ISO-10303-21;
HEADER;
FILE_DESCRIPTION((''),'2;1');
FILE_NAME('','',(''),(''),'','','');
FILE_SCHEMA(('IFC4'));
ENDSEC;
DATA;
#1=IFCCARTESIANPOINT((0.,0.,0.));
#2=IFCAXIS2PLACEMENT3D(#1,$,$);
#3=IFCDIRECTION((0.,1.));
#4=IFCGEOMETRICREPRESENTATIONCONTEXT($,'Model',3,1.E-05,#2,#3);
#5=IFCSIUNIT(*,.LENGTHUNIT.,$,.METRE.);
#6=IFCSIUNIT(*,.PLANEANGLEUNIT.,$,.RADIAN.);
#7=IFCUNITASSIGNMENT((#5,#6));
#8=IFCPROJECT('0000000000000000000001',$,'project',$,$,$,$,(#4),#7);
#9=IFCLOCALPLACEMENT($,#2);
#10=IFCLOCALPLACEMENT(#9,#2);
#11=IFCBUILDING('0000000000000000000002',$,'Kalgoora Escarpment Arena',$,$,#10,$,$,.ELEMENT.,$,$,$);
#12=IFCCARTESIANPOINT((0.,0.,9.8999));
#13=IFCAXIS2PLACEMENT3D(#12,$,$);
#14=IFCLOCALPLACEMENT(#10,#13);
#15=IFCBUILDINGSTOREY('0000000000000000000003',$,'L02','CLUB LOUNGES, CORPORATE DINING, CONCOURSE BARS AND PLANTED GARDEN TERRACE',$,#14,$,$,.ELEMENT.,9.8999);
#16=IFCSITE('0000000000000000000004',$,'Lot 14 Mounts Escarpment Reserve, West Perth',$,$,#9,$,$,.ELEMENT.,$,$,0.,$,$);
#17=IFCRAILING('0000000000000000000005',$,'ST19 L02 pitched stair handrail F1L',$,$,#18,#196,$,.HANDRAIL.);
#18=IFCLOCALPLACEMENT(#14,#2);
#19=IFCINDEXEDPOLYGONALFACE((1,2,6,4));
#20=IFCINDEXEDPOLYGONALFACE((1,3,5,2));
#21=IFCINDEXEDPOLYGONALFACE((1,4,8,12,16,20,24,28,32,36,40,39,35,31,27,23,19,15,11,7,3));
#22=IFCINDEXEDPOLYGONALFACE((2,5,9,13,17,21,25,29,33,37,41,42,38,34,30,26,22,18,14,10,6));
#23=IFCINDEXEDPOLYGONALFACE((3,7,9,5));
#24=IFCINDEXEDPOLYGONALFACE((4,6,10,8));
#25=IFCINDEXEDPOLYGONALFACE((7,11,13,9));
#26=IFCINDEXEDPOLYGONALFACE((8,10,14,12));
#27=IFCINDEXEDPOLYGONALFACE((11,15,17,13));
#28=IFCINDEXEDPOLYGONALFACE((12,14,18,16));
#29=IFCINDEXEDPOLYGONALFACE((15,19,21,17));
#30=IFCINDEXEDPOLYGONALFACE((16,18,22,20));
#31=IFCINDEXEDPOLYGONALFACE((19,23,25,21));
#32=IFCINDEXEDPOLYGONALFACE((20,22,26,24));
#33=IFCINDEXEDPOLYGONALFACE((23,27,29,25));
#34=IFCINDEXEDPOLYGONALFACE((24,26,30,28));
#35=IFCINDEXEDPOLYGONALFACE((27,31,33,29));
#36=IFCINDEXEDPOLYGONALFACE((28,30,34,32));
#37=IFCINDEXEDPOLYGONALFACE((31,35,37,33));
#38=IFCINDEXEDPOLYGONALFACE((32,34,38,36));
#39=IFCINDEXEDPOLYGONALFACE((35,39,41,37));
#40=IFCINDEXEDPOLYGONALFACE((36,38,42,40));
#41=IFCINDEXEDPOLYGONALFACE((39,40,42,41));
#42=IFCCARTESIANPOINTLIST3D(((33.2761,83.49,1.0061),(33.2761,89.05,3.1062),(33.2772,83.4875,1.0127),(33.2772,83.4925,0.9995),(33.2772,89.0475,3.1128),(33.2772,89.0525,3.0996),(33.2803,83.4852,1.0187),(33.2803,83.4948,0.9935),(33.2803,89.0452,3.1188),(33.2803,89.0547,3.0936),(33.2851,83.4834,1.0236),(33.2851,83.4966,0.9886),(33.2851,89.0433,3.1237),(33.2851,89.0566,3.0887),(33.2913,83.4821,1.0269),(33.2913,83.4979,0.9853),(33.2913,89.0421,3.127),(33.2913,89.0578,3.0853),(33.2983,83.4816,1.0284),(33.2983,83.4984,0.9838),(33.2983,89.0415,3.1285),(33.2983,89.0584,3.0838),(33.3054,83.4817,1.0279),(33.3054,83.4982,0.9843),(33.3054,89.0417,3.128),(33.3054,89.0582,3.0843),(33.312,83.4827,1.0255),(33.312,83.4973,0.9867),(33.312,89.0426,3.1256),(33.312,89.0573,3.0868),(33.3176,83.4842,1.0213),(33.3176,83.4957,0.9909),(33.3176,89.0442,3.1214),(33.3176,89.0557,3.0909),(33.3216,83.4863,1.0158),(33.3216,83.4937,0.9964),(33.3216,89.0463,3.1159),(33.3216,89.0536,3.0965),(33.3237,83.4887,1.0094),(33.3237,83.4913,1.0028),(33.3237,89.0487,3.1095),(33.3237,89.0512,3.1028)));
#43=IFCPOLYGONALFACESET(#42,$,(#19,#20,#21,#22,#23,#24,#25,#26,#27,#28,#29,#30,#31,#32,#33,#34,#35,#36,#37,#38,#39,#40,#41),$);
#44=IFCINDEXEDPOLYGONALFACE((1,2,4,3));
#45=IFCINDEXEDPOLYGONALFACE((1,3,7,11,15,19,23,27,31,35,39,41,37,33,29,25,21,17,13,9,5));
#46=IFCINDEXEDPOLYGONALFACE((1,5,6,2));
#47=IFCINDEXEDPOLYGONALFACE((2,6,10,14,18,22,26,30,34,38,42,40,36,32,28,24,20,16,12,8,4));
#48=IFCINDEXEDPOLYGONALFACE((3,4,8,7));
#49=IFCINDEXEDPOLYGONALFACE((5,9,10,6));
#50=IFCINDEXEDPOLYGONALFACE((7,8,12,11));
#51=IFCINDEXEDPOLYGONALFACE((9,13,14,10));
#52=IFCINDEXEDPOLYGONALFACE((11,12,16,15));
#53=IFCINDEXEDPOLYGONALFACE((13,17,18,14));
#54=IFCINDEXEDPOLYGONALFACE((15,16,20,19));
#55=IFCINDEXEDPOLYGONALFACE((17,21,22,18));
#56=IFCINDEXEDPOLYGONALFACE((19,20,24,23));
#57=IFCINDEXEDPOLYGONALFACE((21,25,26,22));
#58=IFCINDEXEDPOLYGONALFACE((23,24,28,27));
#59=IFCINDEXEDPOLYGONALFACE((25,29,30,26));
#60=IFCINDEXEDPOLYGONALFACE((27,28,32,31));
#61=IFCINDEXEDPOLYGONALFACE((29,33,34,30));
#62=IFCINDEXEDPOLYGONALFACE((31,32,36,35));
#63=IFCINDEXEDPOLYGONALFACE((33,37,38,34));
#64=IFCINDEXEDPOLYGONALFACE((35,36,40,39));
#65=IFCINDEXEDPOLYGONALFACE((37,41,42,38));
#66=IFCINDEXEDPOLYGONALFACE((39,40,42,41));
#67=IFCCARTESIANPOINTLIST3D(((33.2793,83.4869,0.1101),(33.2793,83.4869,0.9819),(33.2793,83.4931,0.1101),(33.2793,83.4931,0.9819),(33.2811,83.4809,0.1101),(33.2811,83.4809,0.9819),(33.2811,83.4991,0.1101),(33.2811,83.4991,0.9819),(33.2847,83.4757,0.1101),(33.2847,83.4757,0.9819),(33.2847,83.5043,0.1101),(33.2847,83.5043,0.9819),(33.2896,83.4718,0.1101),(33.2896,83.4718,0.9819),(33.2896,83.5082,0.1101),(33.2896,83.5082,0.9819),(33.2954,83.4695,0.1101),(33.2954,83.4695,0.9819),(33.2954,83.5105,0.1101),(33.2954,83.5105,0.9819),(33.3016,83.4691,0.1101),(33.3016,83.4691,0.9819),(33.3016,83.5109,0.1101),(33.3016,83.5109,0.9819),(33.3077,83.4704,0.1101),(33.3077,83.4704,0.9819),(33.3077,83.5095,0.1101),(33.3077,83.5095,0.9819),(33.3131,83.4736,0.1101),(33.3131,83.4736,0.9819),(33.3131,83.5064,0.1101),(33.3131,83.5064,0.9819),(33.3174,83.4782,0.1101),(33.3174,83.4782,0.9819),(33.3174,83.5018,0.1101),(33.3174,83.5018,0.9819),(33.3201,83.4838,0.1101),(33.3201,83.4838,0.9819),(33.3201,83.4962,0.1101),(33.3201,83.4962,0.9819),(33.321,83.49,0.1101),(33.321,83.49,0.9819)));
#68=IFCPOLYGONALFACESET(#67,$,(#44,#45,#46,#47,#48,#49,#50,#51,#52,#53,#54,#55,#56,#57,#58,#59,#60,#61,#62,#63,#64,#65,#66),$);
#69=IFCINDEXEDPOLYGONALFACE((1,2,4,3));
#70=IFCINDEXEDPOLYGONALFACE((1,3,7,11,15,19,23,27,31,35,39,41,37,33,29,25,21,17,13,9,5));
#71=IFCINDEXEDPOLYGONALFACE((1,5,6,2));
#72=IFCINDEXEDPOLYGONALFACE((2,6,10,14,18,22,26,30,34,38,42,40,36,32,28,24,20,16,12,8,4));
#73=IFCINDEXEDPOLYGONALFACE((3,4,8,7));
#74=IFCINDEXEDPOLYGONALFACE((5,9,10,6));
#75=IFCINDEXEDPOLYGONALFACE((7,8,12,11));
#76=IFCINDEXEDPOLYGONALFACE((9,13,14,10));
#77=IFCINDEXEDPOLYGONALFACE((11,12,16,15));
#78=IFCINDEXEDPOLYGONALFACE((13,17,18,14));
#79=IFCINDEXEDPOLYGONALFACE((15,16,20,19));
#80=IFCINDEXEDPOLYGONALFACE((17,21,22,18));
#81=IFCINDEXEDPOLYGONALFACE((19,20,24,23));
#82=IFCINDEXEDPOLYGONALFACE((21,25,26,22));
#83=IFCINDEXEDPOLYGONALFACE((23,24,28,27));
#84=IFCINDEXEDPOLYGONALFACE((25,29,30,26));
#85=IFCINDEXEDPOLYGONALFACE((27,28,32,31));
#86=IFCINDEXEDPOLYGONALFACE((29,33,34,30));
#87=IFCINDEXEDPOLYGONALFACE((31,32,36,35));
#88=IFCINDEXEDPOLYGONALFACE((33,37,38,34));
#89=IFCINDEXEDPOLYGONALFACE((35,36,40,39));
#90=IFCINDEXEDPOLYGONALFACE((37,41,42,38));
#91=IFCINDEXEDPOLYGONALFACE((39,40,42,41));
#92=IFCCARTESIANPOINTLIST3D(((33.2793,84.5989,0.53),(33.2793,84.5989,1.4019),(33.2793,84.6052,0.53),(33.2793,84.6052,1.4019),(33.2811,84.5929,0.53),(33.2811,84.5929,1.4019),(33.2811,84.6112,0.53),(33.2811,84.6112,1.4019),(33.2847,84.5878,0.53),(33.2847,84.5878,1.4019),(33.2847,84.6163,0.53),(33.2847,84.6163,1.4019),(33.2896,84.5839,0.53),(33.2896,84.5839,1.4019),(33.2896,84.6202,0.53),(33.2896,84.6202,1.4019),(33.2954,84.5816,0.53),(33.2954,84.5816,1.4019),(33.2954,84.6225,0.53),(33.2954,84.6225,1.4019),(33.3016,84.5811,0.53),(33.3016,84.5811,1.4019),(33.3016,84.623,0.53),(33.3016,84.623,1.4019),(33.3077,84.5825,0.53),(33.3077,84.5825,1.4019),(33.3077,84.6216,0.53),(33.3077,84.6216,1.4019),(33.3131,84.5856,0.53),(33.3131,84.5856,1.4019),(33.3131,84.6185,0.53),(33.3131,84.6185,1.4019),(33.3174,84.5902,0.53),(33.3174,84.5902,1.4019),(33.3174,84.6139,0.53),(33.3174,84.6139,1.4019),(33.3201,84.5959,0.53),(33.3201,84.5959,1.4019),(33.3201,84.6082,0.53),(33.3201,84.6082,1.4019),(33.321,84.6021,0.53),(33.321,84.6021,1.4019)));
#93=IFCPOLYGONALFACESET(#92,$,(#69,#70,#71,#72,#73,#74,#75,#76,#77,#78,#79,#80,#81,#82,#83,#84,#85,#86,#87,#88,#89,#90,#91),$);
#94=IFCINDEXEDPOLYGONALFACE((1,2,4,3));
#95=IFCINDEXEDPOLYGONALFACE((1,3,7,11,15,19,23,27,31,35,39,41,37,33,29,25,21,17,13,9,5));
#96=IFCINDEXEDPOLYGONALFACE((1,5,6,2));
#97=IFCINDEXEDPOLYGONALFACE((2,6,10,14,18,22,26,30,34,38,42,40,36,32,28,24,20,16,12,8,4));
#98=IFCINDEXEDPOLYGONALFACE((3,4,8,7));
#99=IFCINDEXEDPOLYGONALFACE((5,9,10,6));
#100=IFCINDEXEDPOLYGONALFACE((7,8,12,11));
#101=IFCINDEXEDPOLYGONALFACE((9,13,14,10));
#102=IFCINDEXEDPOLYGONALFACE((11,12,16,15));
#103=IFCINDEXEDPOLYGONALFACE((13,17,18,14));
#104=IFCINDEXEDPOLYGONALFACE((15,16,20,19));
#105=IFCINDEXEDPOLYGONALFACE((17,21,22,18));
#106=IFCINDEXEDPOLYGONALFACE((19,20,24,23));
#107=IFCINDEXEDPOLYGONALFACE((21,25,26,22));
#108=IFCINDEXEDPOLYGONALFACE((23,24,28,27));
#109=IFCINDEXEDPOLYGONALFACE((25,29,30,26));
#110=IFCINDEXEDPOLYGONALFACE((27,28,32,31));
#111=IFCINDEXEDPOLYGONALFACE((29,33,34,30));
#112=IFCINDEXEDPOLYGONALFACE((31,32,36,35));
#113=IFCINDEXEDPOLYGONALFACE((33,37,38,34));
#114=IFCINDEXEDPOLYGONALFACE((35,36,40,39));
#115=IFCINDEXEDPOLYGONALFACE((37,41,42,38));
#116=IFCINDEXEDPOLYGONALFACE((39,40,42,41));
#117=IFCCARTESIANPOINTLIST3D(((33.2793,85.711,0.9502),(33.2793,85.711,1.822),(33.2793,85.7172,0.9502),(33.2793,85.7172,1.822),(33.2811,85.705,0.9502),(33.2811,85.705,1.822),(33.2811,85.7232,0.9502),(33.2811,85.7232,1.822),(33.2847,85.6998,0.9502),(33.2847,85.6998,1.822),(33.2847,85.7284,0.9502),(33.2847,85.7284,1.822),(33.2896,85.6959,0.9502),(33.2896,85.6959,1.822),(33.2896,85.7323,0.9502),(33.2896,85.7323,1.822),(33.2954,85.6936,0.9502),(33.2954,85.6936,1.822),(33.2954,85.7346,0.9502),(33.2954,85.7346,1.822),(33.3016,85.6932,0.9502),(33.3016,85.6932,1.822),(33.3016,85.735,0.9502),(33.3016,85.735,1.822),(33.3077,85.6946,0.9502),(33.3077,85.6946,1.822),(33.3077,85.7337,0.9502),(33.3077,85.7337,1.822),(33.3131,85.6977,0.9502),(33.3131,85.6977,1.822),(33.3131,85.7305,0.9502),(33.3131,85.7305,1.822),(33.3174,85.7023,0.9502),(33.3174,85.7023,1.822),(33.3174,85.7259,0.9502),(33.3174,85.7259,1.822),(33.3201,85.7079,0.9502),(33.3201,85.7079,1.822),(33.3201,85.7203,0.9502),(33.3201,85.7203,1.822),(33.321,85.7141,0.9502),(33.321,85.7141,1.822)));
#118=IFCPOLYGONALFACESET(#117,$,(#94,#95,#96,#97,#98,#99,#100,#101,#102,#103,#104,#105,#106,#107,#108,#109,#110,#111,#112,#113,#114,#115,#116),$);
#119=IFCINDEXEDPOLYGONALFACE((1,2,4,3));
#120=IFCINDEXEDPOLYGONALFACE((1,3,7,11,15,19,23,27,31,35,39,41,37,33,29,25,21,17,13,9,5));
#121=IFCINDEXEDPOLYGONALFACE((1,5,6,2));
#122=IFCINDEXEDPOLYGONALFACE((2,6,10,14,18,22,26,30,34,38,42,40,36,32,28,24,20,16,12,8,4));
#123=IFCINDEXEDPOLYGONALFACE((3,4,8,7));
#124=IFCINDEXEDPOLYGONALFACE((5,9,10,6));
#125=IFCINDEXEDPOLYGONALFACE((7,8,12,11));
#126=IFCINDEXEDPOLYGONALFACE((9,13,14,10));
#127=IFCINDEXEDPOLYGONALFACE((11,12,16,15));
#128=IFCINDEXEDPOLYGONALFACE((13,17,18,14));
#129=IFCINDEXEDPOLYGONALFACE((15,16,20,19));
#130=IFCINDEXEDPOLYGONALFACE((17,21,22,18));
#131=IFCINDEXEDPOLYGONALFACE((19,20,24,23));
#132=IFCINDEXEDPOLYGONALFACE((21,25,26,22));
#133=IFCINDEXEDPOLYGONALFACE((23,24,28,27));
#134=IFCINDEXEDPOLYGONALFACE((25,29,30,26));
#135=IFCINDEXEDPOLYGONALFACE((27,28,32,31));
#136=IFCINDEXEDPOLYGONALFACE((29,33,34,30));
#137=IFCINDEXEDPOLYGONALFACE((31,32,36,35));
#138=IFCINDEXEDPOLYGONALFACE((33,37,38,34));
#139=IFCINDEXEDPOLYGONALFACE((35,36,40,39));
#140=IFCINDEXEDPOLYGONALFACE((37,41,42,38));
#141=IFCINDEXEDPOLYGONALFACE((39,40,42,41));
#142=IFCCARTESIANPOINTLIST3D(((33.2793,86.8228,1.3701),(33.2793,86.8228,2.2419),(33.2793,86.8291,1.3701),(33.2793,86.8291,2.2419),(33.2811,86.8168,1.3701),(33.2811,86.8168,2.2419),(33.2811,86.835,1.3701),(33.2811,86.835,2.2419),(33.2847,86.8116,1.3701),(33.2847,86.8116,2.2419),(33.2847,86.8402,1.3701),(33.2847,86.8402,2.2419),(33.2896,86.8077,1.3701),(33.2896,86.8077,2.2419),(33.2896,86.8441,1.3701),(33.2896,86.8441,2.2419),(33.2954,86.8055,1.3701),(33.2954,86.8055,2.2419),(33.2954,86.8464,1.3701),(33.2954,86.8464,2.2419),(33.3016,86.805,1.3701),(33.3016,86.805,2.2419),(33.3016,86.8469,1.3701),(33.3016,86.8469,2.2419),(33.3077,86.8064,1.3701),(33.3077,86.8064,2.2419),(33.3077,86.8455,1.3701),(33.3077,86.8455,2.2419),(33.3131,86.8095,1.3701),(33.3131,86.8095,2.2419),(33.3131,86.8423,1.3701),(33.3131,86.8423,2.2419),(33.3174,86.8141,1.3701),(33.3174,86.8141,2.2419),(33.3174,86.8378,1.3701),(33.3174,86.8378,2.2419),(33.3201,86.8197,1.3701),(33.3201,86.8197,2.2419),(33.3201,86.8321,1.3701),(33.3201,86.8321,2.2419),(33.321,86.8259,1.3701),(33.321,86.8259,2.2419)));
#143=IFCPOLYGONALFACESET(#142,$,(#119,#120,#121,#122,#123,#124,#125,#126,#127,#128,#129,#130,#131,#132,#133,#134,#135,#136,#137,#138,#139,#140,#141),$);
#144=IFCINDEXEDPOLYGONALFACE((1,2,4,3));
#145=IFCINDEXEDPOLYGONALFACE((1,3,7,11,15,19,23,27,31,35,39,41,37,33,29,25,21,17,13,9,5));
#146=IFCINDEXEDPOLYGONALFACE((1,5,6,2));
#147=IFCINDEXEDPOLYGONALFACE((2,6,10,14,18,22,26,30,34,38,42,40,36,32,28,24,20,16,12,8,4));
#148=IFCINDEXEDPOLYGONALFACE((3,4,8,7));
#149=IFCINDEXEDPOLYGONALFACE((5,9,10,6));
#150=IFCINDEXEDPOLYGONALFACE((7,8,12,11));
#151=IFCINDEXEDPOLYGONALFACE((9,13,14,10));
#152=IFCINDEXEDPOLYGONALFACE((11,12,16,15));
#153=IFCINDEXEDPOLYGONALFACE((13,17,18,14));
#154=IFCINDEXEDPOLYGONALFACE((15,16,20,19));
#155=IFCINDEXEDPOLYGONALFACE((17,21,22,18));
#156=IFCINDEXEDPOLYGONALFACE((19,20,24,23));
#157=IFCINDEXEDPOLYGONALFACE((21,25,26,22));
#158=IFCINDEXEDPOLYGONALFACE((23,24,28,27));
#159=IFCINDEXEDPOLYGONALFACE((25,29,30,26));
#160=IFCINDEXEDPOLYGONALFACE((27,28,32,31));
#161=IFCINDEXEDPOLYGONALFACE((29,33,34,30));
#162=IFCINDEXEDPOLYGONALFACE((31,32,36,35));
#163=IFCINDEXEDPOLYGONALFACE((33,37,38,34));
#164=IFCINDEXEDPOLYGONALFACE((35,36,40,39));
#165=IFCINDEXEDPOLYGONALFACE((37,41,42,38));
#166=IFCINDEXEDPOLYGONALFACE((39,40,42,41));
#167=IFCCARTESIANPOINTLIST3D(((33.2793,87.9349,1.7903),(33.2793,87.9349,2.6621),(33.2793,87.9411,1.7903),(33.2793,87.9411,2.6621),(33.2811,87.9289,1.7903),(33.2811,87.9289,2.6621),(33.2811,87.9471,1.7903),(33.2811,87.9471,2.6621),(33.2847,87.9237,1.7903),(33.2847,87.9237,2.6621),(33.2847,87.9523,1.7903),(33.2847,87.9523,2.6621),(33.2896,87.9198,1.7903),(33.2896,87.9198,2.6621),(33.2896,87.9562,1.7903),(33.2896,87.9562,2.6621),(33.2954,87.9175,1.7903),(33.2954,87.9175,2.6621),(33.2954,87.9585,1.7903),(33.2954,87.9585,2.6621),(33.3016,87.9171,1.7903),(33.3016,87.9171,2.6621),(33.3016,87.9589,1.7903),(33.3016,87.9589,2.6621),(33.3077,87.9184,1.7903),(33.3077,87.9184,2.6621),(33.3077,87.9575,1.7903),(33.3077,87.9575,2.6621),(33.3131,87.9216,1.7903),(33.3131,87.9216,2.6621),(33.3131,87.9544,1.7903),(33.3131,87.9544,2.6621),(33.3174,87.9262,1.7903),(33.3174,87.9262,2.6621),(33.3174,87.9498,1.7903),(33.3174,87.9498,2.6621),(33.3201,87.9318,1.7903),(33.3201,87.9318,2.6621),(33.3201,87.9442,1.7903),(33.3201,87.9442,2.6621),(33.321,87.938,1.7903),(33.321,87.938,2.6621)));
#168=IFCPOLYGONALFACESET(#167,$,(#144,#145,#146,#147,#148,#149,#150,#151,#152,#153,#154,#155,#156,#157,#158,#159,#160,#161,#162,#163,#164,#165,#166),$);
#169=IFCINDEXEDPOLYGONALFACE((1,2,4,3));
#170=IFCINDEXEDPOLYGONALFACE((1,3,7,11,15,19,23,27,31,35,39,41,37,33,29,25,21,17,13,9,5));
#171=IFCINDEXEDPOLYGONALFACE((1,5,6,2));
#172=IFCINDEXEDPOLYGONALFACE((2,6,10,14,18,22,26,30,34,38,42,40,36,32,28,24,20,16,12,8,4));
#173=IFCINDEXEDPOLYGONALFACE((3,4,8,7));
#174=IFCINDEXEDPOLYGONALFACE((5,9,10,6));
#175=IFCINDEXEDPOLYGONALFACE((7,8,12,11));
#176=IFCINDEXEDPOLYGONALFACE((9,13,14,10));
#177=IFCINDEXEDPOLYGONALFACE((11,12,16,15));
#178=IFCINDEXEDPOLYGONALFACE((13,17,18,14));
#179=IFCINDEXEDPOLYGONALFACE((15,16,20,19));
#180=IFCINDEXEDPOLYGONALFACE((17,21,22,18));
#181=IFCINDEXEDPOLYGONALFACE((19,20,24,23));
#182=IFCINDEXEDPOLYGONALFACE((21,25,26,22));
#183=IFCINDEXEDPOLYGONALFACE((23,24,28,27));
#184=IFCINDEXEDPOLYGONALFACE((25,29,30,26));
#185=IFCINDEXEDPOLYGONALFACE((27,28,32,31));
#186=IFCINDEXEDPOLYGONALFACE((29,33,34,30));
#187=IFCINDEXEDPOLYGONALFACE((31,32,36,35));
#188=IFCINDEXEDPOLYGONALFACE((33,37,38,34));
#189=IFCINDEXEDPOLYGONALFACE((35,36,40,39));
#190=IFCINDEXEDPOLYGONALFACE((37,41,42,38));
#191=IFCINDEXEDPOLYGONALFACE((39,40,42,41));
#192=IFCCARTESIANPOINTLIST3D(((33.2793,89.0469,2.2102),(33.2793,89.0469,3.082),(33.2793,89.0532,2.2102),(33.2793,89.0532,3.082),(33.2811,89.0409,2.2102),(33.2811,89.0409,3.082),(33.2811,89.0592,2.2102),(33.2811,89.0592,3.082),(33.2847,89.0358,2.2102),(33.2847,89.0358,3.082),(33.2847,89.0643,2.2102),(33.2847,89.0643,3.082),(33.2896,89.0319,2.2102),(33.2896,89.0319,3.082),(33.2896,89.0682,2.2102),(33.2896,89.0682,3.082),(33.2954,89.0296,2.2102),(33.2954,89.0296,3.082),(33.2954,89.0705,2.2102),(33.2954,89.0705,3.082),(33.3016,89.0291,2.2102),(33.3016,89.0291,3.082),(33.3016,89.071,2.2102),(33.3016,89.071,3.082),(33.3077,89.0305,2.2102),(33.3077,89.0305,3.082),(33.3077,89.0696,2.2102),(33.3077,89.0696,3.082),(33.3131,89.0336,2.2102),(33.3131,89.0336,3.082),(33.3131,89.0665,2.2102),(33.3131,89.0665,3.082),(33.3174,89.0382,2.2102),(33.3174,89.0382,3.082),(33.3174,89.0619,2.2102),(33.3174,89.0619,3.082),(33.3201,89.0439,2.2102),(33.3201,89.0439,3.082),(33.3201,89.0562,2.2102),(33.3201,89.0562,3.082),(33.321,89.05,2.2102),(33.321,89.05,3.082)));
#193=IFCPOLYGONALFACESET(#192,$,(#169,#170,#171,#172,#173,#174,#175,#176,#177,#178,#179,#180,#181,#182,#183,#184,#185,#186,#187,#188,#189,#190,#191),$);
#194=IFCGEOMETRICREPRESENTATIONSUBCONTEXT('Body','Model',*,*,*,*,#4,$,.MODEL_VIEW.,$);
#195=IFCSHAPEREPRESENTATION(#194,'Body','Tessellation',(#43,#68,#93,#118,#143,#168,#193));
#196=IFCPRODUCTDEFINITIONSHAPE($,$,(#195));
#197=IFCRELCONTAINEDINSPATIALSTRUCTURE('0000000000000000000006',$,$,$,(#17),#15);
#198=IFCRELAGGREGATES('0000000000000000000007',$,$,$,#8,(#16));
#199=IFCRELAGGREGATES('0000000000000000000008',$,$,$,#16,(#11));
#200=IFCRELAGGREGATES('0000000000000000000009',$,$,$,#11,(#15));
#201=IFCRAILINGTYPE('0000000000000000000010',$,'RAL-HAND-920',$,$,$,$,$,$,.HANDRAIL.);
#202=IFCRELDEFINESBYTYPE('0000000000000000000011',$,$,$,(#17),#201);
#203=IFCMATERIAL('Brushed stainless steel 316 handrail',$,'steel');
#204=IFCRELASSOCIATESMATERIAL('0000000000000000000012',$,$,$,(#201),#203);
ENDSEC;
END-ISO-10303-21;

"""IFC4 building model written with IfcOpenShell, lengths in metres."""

from ifc_helpers import new_model, si_unit, direction, frame, origin, origin_2d, place, context, subcontext, project, spatial, circle, extrude, material, type_object, element, save


model = new_model("IFC4")

# Units and contexts
model_context = context("Model", 3, precision=1e-05, world=origin(), true_north=direction((0.0, 1.0)))
body_context = subcontext(model_context, "Body", "Model", "MODEL_VIEW")
ifc_project = project(units=[si_unit("LENGTHUNIT", "METRE"), si_unit("PLANEANGLEUNIT", "RADIAN")], contexts=[model_context])

# Site, building, storey
site_placement = place(None, origin())
site = spatial("IfcSite", under=ifc_project, at=site_placement, Name="Lot 14 Mounts Escarpment Reserve, West Perth", CompositionType="ELEMENT", RefElevation=0.0)
building_placement = place(site_placement, origin())
building = spatial("IfcBuilding", under=site, at=building_placement, Name="Kalgoora Escarpment Arena", CompositionType="ELEMENT")
storey_placement = place(building_placement, frame((0.0, 0.0, 9.8999)))
storey = spatial("IfcBuildingStorey", under=building, at=storey_placement, Name="L02", Description="CLUB LOUNGES, CORPORATE DINING, CONCOURSE BARS AND PLANTED GARDEN TERRACE", CompositionType="ELEMENT", Elevation=9.8999)

# Railing
ifc_material_1 = material(Name="Brushed stainless steel 316 handrail", Category="steel")
railing_type_1 = type_object("IfcRailingType", Name="RAL-HAND-920", PredefinedType="HANDRAIL", material=ifc_material_1)
for number, where, name in (
    (1, (33.3, 83.49, 0.1101), "ST19 L02 pitched stair handrail F1L"),
):
    element("IfcRailing", number, at=place(storey_placement, frame(where)), inside=storey, type_object=railing_type_1, Name=name, PredefinedType="HANDRAIL", context=body_context, shape_type="SweptSolid", body=[
        extrude(circle(Radius=0.0239, at=origin_2d()), frame((0.0, 0.0, 0.896), z_axis=(0.0, 0.935493, 0.353346), x_axis=(-1.0, 0.0, 0.0)), (0.0, 0.0, 1.0), 5.9434),
        extrude(circle(Radius=0.021, at=origin_2d()), origin(), (0.0, 0.0, 1.0), 0.8718),
        extrude(circle(Radius=0.021, at=origin_2d()), frame((0.0, 1.1121, 0.4199)), (0.0, 0.0, 1.0), 0.8718),
        extrude(circle(Radius=0.021, at=origin_2d()), frame((0.0, 2.2241, 0.8401)), (0.0, 0.0, 1.0), 0.8718),
        extrude(circle(Radius=0.021, at=origin_2d()), frame((0.0, 3.3359, 1.26)), (0.0, 0.0, 1.0), 0.8718),
        extrude(circle(Radius=0.021, at=origin_2d()), frame((0.0, 4.448, 1.6802)), (0.0, 0.0, 1.0), 0.8718),
        extrude(circle(Radius=0.021, at=origin_2d()), frame((0.0, 5.5601, 2.1001)), (0.0, 0.0, 1.0), 0.8718),
    ])

save(model, "model.ifc")
